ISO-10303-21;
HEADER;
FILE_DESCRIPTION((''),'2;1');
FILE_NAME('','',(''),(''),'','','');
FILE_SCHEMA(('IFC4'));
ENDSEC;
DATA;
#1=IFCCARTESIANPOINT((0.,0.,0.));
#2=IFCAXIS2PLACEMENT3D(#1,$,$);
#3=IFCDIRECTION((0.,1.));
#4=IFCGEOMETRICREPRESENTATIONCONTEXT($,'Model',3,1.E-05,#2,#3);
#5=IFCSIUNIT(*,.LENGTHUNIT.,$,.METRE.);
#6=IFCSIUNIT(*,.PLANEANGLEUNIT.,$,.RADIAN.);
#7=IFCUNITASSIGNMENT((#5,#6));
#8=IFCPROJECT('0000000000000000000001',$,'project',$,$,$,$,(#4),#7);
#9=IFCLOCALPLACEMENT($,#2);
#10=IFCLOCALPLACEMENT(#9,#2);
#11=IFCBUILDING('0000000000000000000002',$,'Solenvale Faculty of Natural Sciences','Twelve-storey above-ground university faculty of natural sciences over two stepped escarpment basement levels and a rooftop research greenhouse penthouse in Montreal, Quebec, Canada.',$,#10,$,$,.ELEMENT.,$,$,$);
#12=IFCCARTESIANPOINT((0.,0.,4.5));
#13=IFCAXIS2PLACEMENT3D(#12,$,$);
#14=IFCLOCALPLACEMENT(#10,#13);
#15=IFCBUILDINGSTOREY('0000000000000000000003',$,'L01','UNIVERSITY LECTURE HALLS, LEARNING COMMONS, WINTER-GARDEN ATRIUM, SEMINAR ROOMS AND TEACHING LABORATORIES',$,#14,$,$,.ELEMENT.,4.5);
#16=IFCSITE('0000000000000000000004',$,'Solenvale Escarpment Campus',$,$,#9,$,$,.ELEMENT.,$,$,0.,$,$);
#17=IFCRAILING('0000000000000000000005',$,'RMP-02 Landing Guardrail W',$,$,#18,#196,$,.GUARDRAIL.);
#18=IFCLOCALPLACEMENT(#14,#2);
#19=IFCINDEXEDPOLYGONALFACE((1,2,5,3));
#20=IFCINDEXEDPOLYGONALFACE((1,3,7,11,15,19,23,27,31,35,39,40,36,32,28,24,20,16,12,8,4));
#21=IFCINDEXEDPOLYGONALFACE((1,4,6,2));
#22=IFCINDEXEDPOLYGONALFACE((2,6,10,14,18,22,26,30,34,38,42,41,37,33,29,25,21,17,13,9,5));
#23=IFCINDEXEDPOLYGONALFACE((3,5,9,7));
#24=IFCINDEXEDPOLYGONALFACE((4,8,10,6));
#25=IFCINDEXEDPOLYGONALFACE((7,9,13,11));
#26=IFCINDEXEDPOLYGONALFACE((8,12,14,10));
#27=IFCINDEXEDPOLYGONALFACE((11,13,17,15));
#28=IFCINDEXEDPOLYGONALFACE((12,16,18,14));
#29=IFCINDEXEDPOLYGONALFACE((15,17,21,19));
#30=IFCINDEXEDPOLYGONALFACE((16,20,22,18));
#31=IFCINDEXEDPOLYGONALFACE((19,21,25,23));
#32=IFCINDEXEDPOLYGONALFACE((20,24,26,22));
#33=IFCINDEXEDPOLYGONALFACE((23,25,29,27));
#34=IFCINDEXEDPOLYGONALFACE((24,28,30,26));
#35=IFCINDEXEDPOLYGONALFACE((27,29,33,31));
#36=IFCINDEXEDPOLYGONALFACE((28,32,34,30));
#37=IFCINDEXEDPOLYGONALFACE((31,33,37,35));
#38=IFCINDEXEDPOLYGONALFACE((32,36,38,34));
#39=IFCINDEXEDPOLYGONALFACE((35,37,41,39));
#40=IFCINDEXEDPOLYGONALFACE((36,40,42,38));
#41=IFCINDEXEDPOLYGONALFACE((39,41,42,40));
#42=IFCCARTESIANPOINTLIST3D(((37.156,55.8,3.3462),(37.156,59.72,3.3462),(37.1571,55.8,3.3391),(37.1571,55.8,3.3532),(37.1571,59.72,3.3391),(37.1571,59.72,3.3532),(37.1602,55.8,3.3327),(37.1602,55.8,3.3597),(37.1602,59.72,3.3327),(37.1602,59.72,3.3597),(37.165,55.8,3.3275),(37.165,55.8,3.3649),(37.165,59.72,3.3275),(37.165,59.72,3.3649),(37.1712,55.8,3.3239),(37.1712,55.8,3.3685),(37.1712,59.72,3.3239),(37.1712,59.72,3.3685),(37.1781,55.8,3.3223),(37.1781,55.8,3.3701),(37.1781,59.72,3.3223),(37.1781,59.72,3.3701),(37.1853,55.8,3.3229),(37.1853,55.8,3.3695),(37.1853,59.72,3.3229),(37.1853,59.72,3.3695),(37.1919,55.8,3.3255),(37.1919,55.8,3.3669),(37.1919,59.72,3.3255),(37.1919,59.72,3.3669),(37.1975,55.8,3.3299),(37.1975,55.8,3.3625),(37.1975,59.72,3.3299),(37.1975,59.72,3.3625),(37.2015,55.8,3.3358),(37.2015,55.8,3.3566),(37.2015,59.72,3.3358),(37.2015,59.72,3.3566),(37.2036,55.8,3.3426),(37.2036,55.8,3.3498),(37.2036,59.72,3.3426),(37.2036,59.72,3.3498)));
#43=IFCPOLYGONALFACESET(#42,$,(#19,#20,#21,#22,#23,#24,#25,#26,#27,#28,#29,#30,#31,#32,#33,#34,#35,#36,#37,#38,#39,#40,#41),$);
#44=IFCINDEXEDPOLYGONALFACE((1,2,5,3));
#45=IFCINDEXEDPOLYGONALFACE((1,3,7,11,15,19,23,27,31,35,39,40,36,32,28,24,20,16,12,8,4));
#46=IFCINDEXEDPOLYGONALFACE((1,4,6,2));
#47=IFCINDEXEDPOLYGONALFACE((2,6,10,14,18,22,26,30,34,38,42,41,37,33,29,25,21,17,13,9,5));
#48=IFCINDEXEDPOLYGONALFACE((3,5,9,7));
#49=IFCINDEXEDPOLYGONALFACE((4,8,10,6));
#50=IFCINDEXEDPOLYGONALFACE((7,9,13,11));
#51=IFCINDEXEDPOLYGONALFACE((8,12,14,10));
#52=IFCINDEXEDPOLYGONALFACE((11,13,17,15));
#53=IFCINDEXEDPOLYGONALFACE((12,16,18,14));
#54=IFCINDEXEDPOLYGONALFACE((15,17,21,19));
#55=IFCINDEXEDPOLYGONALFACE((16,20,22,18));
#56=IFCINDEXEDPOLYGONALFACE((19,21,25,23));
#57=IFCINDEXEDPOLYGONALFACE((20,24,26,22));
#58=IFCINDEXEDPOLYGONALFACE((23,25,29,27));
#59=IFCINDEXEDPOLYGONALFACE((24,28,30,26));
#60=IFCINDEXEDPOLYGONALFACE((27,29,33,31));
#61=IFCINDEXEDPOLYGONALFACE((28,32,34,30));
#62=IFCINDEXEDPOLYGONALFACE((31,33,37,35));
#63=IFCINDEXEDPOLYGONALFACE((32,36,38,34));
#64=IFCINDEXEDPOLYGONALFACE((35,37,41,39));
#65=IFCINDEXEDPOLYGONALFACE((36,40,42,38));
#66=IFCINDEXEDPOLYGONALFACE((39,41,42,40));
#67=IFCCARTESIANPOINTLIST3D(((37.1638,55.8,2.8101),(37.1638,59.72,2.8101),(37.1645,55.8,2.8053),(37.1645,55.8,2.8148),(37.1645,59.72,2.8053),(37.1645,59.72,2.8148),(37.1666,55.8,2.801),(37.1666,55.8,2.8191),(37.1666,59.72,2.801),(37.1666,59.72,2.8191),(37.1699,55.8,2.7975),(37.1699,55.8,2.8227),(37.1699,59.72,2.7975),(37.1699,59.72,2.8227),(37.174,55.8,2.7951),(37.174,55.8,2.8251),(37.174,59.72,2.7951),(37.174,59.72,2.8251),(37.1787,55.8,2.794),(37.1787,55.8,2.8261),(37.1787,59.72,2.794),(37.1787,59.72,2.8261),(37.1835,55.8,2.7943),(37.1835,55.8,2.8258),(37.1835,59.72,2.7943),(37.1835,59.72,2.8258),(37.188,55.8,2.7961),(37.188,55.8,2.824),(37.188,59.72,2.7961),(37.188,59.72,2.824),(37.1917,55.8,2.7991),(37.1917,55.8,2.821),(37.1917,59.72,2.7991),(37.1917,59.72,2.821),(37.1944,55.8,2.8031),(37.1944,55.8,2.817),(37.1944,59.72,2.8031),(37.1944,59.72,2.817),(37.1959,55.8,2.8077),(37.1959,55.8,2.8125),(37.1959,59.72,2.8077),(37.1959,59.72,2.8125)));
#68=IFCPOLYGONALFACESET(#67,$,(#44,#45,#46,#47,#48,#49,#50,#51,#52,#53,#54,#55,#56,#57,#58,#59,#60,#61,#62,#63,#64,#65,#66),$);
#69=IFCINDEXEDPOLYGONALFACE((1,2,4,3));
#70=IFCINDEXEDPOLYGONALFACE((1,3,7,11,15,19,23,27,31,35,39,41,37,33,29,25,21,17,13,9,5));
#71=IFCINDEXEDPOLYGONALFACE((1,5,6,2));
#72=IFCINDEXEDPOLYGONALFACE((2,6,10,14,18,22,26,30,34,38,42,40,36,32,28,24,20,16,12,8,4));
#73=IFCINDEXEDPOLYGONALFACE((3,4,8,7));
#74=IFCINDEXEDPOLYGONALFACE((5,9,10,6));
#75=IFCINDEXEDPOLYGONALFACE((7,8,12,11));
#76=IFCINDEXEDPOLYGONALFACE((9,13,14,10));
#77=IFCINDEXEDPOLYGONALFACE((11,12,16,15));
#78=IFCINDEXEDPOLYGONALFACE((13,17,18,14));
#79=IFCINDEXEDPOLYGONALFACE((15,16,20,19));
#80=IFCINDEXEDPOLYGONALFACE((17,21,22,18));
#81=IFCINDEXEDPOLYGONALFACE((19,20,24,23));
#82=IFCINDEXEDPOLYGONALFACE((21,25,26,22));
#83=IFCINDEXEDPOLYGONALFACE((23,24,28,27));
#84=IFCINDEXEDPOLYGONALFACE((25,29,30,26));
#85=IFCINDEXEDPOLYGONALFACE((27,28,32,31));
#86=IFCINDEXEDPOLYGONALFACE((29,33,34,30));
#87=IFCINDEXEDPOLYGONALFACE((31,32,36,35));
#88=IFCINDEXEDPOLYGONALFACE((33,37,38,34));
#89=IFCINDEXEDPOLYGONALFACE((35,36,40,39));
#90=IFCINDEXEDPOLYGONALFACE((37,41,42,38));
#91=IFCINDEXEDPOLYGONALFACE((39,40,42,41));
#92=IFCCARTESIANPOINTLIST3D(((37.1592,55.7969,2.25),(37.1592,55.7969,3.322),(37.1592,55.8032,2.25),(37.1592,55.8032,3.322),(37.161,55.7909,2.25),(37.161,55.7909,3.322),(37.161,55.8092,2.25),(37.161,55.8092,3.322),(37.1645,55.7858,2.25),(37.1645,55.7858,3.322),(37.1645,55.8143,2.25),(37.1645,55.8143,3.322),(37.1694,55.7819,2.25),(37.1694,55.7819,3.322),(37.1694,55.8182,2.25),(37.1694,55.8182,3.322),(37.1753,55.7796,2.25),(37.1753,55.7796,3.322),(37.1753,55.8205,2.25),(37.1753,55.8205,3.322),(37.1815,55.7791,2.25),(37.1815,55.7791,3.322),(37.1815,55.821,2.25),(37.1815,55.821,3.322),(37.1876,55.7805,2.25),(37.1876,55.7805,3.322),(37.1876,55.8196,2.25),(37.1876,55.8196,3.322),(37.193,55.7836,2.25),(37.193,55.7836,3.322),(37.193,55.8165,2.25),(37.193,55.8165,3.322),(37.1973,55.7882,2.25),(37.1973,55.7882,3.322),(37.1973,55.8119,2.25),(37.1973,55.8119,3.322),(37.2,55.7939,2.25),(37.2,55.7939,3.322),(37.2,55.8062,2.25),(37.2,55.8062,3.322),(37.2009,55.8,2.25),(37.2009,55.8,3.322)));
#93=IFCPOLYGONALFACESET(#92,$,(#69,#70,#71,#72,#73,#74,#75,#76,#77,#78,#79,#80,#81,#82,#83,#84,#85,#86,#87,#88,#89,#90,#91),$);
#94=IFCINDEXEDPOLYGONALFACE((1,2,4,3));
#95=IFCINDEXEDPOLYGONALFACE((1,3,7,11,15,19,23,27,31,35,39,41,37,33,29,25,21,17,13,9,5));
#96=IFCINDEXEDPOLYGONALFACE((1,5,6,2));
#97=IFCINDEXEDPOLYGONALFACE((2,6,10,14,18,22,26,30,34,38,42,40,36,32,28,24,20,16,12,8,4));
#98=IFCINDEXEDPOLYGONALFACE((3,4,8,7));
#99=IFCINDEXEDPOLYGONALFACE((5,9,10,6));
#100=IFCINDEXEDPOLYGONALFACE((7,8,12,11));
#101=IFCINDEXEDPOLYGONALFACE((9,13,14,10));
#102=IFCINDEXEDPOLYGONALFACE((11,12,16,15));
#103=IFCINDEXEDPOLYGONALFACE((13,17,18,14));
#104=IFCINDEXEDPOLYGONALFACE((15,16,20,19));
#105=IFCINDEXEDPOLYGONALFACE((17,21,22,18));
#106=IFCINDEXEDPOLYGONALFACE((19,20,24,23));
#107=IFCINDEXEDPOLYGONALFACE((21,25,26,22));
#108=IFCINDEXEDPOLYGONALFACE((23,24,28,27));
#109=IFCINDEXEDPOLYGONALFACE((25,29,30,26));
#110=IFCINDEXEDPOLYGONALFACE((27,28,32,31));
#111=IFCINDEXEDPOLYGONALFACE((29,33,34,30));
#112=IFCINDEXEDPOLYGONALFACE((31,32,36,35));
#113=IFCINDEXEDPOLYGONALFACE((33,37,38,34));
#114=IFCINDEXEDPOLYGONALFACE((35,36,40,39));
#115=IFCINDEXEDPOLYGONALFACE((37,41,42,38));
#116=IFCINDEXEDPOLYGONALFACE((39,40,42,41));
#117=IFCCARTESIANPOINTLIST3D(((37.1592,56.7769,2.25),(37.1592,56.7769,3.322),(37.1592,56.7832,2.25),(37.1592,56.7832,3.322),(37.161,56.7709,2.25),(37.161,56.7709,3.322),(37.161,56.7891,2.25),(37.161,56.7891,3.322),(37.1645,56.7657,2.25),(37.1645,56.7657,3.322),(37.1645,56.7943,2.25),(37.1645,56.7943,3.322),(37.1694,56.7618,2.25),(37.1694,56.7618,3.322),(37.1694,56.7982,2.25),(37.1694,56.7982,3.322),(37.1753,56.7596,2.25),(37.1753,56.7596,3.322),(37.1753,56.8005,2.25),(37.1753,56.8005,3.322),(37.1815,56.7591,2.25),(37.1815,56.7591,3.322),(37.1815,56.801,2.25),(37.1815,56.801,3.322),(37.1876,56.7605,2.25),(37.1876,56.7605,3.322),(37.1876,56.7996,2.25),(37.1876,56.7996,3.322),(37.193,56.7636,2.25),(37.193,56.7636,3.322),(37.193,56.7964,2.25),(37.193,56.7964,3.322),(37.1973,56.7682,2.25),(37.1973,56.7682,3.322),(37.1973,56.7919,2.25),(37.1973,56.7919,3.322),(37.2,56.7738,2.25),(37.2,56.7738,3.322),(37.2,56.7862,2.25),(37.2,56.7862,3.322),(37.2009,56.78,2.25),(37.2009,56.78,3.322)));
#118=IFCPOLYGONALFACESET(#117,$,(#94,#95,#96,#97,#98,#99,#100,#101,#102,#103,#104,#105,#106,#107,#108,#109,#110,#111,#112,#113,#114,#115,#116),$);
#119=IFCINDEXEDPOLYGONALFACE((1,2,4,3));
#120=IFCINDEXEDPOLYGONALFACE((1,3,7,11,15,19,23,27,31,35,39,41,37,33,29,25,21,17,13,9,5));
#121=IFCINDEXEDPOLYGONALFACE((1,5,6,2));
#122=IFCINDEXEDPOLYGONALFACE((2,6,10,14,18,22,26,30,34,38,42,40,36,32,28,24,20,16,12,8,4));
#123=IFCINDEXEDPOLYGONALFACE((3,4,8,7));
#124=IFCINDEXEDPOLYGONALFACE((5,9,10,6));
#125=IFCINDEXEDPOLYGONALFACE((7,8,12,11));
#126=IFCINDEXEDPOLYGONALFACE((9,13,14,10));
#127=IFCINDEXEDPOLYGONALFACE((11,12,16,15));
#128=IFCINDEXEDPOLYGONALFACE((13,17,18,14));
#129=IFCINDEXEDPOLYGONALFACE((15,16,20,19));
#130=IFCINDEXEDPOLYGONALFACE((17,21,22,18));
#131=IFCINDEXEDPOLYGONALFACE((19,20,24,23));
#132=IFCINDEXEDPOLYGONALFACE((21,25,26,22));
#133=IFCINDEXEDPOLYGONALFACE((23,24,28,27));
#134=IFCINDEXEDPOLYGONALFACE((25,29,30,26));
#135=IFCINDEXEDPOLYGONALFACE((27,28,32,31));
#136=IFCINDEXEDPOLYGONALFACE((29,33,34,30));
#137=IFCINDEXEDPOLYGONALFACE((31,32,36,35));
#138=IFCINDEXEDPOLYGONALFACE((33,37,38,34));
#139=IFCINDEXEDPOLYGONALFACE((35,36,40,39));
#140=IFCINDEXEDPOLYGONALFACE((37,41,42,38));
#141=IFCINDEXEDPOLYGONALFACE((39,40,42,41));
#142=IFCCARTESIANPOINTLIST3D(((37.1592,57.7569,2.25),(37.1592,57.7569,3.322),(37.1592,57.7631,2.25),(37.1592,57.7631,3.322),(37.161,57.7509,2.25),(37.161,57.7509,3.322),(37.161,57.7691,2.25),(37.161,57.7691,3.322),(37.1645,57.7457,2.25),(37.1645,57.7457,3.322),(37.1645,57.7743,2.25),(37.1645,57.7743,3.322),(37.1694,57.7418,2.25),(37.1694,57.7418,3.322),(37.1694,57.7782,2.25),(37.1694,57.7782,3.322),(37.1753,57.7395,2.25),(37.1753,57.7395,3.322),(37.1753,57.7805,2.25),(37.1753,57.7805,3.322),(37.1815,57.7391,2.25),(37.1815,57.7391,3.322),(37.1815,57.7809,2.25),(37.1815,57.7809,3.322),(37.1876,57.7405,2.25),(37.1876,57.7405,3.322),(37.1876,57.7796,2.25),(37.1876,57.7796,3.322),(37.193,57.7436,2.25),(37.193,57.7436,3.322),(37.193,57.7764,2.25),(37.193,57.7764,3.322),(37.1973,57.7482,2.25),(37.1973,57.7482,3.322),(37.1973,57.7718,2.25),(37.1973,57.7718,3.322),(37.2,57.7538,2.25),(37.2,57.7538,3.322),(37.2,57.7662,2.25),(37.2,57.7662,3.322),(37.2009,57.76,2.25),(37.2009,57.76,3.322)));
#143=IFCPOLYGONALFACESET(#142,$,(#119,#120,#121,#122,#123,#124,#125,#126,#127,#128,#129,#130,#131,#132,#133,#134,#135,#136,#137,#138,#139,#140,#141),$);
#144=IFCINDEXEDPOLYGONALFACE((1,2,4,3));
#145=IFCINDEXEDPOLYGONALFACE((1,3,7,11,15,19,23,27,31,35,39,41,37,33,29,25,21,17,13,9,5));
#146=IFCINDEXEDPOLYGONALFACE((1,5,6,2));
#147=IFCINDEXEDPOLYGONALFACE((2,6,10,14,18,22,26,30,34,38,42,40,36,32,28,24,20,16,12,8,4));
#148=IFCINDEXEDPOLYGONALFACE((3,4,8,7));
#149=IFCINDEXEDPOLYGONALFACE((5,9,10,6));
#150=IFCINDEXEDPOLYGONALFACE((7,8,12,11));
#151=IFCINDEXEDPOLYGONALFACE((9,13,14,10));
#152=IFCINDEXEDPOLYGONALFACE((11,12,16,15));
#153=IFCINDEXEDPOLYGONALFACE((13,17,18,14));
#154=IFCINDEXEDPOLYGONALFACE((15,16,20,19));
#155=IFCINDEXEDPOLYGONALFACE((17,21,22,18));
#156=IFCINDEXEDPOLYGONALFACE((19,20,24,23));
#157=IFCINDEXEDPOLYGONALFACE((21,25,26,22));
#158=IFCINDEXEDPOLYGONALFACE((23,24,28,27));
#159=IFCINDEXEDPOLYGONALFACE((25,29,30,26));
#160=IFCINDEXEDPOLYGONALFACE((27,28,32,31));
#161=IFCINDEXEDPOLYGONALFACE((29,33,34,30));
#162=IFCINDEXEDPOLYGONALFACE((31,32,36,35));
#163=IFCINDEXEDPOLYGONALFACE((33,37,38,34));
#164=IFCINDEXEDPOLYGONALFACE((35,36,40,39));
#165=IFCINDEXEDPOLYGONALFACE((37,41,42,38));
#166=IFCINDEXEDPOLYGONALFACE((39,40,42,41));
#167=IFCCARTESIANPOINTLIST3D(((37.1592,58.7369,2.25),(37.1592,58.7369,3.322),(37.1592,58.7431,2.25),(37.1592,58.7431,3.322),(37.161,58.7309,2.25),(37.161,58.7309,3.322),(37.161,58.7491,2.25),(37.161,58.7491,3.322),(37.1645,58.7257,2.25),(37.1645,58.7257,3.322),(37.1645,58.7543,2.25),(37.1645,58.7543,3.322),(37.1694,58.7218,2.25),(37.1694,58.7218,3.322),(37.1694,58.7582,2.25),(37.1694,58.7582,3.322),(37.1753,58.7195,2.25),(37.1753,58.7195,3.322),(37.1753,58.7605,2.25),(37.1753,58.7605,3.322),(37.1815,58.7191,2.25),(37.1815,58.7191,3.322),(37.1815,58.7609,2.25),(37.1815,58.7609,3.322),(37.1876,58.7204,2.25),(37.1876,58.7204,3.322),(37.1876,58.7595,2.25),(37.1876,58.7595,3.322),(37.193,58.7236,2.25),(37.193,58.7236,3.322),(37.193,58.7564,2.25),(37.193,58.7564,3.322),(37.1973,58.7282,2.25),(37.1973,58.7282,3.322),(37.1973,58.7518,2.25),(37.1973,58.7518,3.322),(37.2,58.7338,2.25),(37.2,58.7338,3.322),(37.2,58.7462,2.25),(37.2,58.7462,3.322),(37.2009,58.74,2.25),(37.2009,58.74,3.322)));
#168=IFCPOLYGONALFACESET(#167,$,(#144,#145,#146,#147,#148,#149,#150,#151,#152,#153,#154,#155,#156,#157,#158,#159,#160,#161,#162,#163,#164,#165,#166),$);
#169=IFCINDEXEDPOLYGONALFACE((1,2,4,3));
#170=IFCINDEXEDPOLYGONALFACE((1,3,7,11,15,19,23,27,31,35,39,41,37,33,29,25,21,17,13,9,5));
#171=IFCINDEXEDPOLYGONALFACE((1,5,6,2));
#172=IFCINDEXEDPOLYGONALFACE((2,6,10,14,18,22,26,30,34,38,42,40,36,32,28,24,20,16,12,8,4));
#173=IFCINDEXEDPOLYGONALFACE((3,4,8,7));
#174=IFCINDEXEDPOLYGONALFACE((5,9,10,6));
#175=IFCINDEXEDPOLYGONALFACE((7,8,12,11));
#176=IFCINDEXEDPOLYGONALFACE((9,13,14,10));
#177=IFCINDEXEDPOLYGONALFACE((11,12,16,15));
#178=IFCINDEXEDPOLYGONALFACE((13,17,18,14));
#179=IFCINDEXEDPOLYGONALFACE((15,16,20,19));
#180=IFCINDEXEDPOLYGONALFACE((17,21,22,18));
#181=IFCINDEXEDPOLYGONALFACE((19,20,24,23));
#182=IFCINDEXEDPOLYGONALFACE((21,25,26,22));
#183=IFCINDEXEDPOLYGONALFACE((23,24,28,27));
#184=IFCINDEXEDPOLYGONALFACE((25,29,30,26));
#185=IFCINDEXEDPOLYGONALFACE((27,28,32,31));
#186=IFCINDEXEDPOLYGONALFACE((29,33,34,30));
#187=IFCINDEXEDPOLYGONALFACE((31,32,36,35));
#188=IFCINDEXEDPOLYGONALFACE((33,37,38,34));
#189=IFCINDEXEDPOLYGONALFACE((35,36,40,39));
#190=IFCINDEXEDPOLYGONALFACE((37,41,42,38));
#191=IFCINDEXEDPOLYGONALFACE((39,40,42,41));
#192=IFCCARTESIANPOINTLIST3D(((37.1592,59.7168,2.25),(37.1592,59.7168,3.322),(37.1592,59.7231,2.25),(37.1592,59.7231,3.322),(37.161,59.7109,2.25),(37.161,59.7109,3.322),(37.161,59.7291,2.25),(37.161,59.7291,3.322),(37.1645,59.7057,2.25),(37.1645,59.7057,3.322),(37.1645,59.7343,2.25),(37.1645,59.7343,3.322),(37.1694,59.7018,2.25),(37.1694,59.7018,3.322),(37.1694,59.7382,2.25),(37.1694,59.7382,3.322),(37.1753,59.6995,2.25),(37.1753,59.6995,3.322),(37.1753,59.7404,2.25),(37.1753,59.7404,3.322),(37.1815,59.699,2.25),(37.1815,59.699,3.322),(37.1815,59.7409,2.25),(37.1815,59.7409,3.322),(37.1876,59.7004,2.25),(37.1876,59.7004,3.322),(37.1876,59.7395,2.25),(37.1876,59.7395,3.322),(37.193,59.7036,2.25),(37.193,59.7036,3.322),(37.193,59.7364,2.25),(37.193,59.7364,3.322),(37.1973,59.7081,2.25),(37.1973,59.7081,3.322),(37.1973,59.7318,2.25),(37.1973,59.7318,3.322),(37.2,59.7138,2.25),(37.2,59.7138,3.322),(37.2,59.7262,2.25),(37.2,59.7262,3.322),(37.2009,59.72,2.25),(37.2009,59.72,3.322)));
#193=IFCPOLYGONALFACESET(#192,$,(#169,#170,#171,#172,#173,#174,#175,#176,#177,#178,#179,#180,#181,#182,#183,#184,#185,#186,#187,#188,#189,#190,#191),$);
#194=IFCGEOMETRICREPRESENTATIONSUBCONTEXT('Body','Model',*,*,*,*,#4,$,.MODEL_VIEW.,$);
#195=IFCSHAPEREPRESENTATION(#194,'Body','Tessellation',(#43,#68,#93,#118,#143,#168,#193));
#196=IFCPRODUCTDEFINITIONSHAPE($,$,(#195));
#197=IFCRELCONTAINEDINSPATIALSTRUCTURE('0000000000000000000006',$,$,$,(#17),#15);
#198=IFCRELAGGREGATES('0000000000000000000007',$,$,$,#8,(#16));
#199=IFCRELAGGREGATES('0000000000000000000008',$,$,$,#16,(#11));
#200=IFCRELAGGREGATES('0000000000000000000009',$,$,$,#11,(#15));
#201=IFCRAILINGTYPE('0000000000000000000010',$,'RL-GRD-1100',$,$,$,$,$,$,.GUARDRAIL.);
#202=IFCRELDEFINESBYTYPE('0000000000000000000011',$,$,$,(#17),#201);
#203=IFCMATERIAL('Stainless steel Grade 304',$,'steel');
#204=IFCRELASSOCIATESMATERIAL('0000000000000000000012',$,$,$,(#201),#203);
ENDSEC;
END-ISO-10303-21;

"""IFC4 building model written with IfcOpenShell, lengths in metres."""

from ifc_helpers import new_model, si_unit, direction, frame, origin, origin_2d, place, context, subcontext, project, spatial, circle, extrude, material, type_object, element, save


model = new_model("IFC4")

# Units and contexts
model_context = context("Model", 3, precision=1e-05, world=origin(), true_north=direction((0.0, 1.0)))
body_context = subcontext(model_context, "Body", "Model", "MODEL_VIEW")
ifc_project = project(units=[si_unit("LENGTHUNIT", "METRE"), si_unit("PLANEANGLEUNIT", "RADIAN")], contexts=[model_context])

# Site, building, storey
site_placement = place(None, origin())
site = spatial("IfcSite", under=ifc_project, at=site_placement, Name="Solenvale Escarpment Campus", CompositionType="ELEMENT", RefElevation=0.0)
building_placement = place(site_placement, origin())
building = spatial("IfcBuilding", under=site, at=building_placement, Name="Solenvale Faculty of Natural Sciences", Description="Twelve-storey above-ground university faculty of natural sciences over two stepped escarpment basement levels and a rooftop research greenhouse penthouse in Montreal, Quebec, Canada.", CompositionType="ELEMENT")
storey_placement = place(building_placement, frame((0.0, 0.0, 4.5)))
storey = spatial("IfcBuildingStorey", under=building, at=storey_placement, Name="L01", Description="UNIVERSITY LECTURE HALLS, LEARNING COMMONS, WINTER-GARDEN ATRIUM, SEMINAR ROOMS AND TEACHING LABORATORIES", CompositionType="ELEMENT", Elevation=4.5)

# Railing
ifc_material_1 = material(Name="Stainless steel Grade 304", Category="steel")
railing_type_1 = type_object("IfcRailingType", Name="RL-GRD-1100", PredefinedType="GUARDRAIL", material=ifc_material_1)
railing_1_placement = place(storey_placement, frame((37.1799, 55.8, 2.25)))
element("IfcRailing", 1, at=railing_1_placement, inside=storey, type_object=railing_type_1, Name="RMP-02 Landing Guardrail W", PredefinedType="GUARDRAIL", context=body_context, shape_type="SweptSolid", body=[
    extrude(circle(Radius=0.0239, at=origin_2d()), frame((0.0, 0.0, 1.0962), z_axis=(0.0, 1.0, 0.0), x_axis=(-1.0, 0.0, 0.0)), (0.0, 0.0, 1.0), 3.9199),
    extrude(circle(Radius=0.0161, at=origin_2d()), frame((0.0, 0.0, 0.5601), z_axis=(0.0, 1.0, 0.0), x_axis=(-1.0, 0.0, 0.0)), (0.0, 0.0, 1.0), 3.9199),
    extrude(circle(Radius=0.021, at=origin_2d()), origin(), (0.0, 0.0, 1.0), 1.072),
    extrude(circle(Radius=0.021, at=origin_2d()), frame((0.0, 0.98, 0.0)), (0.0, 0.0, 1.0), 1.072),
    extrude(circle(Radius=0.021, at=origin_2d()), frame((0.0, 1.96, 0.0)), (0.0, 0.0, 1.0), 1.072),
    extrude(circle(Radius=0.021, at=origin_2d()), frame((0.0, 2.9399, 0.0)), (0.0, 0.0, 1.0), 1.072),
    extrude(circle(Radius=0.021, at=origin_2d()), frame((0.0, 3.9199, 0.0)), (0.0, 0.0, 1.0), 1.072),
])

save(model, "model.ifc")
